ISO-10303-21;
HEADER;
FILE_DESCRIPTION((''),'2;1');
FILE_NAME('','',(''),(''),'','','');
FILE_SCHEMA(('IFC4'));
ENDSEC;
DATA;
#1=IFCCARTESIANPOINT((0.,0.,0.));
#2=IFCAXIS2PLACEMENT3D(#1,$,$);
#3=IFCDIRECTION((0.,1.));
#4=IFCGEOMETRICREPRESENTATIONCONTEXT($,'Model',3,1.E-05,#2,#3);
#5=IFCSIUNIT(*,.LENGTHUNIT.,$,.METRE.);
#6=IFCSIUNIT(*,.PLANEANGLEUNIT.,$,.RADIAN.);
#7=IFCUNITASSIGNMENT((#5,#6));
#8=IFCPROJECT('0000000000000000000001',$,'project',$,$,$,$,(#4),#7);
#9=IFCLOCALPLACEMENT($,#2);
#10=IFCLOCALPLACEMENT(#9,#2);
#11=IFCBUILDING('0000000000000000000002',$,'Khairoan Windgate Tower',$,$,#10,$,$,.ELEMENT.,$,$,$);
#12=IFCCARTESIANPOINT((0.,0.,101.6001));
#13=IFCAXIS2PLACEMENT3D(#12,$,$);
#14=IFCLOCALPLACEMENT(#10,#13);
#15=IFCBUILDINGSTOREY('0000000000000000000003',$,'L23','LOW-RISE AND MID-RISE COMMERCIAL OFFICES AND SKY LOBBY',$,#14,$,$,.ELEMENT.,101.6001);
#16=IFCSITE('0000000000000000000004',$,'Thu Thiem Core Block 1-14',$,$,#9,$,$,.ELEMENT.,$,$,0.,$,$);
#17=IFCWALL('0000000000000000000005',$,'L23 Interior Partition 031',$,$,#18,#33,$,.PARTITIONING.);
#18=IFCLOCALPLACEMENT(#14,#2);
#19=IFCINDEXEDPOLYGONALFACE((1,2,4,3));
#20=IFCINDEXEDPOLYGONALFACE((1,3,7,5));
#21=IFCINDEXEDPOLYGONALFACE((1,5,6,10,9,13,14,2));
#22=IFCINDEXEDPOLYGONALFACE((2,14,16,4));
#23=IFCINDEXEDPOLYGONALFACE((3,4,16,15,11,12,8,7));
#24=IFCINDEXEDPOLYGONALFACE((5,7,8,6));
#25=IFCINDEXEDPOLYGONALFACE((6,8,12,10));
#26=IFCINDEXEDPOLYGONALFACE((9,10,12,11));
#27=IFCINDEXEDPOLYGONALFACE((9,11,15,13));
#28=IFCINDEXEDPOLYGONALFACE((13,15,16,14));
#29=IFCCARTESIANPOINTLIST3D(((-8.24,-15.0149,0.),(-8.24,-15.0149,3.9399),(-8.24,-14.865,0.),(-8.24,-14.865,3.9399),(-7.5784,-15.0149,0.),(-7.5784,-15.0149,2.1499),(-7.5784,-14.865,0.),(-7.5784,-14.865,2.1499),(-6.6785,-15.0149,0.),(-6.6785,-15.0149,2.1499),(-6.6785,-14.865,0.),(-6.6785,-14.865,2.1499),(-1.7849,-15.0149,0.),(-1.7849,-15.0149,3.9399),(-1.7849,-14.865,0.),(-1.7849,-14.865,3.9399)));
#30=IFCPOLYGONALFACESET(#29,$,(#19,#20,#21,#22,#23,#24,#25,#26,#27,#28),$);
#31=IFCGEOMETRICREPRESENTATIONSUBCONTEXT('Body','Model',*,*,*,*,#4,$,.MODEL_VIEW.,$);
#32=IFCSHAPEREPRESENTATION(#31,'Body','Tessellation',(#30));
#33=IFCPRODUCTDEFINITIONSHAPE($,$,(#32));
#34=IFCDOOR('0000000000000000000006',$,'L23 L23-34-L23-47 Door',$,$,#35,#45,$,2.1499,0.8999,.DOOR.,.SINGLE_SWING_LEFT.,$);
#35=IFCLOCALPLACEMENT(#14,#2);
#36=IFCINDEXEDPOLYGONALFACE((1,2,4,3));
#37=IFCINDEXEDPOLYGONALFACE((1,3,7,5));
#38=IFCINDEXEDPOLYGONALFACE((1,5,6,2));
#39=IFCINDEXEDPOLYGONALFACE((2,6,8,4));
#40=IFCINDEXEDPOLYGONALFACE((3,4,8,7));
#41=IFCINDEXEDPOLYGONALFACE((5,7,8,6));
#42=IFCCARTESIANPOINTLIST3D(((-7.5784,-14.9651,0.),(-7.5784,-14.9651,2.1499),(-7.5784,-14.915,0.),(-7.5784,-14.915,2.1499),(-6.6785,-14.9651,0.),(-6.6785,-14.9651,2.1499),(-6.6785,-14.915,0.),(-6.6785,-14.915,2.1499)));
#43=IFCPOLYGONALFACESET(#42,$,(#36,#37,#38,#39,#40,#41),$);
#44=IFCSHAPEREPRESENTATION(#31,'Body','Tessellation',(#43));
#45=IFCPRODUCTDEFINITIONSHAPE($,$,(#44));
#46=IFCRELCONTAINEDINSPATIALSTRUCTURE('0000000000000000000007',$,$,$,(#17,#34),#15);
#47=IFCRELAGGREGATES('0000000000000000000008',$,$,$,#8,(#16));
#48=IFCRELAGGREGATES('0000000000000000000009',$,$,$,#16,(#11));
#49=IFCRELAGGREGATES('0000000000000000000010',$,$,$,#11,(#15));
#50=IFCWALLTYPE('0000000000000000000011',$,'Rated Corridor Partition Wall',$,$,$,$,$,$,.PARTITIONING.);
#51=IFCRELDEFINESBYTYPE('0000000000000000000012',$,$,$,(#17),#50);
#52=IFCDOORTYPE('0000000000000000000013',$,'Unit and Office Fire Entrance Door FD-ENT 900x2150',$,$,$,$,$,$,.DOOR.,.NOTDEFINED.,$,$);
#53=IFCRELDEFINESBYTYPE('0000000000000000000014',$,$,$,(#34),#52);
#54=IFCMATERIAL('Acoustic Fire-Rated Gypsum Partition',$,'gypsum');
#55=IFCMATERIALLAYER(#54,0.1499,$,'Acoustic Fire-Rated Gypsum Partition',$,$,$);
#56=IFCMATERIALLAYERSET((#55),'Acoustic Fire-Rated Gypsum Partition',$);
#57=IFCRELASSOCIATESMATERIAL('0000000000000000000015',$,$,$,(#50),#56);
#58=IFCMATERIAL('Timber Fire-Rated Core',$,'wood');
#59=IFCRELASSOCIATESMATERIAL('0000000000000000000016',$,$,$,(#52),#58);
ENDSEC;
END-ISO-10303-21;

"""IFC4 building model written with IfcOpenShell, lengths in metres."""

from ifc_helpers import new_model, si_unit, direction, frame, frame_2d, origin, place, context, subcontext, project, spatial, rectangle, extrude, material, layer, layer_set, type_object, element, fill, save


model = new_model("IFC4")

# Units and contexts
model_context = context("Model", 3, precision=1e-05, world=origin(), true_north=direction((0.0, 1.0)))
body_context = subcontext(model_context, "Body", "Model", "MODEL_VIEW")
ifc_project = project(units=[si_unit("LENGTHUNIT", "METRE"), si_unit("PLANEANGLEUNIT", "RADIAN")], contexts=[model_context])

# Site, building, storey
site_placement = place(None, origin())
site = spatial("IfcSite", under=ifc_project, at=site_placement, Name="Thu Thiem Core Block 1-14", CompositionType="ELEMENT", RefElevation=0.0)
building_placement = place(site_placement, origin())
building = spatial("IfcBuilding", under=site, at=building_placement, Name="Khairoan Windgate Tower", CompositionType="ELEMENT")
storey_placement = place(building_placement, frame((0.0, 0.0, 101.6001)))
storey = spatial("IfcBuildingStorey", under=building, at=storey_placement, Name="L23", Description="LOW-RISE AND MID-RISE COMMERCIAL OFFICES AND SKY LOBBY", CompositionType="ELEMENT", Elevation=101.6001)

# Shared definitions
ifc_material_1 = material(Name="Acoustic Fire-Rated Gypsum Partition", Category="gypsum")
ifc_layer_1 = layer(ifc_material_1, 0.1499, Name="Acoustic Fire-Rated Gypsum Partition")
ifc_layer_set_1 = layer_set([ifc_layer_1], Name="Acoustic Fire-Rated Gypsum Partition")
wall_type_1 = type_object("IfcWallType", Name="Rated Corridor Partition Wall", PredefinedType="PARTITIONING", material=ifc_layer_set_1)

# Wall, opening, door
ifc_material_2 = material(Name="Timber Fire-Rated Core", Category="wood")
door_type_1 = type_object("IfcDoorType", Name="Unit and Office Fire Entrance Door FD-ENT 900x2150", OperationType="NOTDEFINED", PredefinedType="DOOR", material=ifc_material_2)
wall_1_placement = place(storey_placement, frame((-8.24, -14.9399, 0.0), z_axis=(0.0, 0.0, 1.0), x_axis=(1.0, 0.0, 0.0)))
wall_1 = element("IfcWall", 1, at=wall_1_placement, inside=storey, type_object=wall_type_1, Name="L23 Interior Partition 031", PredefinedType="PARTITIONING", context=body_context, shape_type="SweptSolid", body=[
    extrude(rectangle(XDim=6.4551, YDim=0.1499, at=frame_2d((3.2275, 0.0))), origin(), (0.0, 0.0, 1.0), 3.9399),
])
opening_1_placement = place(wall_1_placement, frame((0.6616, 0.0, 0.0)))
opening_1 = element("IfcOpeningElement", 2, at=opening_1_placement, cuts=wall_1, PredefinedType="OPENING", context=body_context, shape_type="SweptSolid", body=[
    extrude(rectangle(XDim=0.8999, YDim=2.1499, at=frame_2d((0.45, 1.075))), frame((0.0, 0.085, 0.0), z_axis=(0.0, -1.0, 0.0), x_axis=(1.0, 0.0, 0.0)), (0.0, 0.0, 1.0), 0.1699),
])
door_1_placement = place(opening_1_placement, origin())
door_1 = element("IfcDoor", 3, at=door_1_placement, inside=storey, type_object=door_type_1, Name="L23 L23-34-L23-47 Door", OperationType="SINGLE_SWING_LEFT", OverallHeight=2.1499, OverallWidth=0.8999, PredefinedType="DOOR", context=body_context, shape_type="SweptSolid", body=[
    extrude(rectangle(XDim=0.8999, YDim=2.1499, at=frame_2d((0.45, 1.075))), frame((0.0, 0.0249, 0.0), z_axis=(0.0, -1.0, 0.0), x_axis=(1.0, 0.0, 0.0)), (0.0, 0.0, 1.0), 0.05),
])
fill(opening_1, door_1)

save(model, "model.ifc")
